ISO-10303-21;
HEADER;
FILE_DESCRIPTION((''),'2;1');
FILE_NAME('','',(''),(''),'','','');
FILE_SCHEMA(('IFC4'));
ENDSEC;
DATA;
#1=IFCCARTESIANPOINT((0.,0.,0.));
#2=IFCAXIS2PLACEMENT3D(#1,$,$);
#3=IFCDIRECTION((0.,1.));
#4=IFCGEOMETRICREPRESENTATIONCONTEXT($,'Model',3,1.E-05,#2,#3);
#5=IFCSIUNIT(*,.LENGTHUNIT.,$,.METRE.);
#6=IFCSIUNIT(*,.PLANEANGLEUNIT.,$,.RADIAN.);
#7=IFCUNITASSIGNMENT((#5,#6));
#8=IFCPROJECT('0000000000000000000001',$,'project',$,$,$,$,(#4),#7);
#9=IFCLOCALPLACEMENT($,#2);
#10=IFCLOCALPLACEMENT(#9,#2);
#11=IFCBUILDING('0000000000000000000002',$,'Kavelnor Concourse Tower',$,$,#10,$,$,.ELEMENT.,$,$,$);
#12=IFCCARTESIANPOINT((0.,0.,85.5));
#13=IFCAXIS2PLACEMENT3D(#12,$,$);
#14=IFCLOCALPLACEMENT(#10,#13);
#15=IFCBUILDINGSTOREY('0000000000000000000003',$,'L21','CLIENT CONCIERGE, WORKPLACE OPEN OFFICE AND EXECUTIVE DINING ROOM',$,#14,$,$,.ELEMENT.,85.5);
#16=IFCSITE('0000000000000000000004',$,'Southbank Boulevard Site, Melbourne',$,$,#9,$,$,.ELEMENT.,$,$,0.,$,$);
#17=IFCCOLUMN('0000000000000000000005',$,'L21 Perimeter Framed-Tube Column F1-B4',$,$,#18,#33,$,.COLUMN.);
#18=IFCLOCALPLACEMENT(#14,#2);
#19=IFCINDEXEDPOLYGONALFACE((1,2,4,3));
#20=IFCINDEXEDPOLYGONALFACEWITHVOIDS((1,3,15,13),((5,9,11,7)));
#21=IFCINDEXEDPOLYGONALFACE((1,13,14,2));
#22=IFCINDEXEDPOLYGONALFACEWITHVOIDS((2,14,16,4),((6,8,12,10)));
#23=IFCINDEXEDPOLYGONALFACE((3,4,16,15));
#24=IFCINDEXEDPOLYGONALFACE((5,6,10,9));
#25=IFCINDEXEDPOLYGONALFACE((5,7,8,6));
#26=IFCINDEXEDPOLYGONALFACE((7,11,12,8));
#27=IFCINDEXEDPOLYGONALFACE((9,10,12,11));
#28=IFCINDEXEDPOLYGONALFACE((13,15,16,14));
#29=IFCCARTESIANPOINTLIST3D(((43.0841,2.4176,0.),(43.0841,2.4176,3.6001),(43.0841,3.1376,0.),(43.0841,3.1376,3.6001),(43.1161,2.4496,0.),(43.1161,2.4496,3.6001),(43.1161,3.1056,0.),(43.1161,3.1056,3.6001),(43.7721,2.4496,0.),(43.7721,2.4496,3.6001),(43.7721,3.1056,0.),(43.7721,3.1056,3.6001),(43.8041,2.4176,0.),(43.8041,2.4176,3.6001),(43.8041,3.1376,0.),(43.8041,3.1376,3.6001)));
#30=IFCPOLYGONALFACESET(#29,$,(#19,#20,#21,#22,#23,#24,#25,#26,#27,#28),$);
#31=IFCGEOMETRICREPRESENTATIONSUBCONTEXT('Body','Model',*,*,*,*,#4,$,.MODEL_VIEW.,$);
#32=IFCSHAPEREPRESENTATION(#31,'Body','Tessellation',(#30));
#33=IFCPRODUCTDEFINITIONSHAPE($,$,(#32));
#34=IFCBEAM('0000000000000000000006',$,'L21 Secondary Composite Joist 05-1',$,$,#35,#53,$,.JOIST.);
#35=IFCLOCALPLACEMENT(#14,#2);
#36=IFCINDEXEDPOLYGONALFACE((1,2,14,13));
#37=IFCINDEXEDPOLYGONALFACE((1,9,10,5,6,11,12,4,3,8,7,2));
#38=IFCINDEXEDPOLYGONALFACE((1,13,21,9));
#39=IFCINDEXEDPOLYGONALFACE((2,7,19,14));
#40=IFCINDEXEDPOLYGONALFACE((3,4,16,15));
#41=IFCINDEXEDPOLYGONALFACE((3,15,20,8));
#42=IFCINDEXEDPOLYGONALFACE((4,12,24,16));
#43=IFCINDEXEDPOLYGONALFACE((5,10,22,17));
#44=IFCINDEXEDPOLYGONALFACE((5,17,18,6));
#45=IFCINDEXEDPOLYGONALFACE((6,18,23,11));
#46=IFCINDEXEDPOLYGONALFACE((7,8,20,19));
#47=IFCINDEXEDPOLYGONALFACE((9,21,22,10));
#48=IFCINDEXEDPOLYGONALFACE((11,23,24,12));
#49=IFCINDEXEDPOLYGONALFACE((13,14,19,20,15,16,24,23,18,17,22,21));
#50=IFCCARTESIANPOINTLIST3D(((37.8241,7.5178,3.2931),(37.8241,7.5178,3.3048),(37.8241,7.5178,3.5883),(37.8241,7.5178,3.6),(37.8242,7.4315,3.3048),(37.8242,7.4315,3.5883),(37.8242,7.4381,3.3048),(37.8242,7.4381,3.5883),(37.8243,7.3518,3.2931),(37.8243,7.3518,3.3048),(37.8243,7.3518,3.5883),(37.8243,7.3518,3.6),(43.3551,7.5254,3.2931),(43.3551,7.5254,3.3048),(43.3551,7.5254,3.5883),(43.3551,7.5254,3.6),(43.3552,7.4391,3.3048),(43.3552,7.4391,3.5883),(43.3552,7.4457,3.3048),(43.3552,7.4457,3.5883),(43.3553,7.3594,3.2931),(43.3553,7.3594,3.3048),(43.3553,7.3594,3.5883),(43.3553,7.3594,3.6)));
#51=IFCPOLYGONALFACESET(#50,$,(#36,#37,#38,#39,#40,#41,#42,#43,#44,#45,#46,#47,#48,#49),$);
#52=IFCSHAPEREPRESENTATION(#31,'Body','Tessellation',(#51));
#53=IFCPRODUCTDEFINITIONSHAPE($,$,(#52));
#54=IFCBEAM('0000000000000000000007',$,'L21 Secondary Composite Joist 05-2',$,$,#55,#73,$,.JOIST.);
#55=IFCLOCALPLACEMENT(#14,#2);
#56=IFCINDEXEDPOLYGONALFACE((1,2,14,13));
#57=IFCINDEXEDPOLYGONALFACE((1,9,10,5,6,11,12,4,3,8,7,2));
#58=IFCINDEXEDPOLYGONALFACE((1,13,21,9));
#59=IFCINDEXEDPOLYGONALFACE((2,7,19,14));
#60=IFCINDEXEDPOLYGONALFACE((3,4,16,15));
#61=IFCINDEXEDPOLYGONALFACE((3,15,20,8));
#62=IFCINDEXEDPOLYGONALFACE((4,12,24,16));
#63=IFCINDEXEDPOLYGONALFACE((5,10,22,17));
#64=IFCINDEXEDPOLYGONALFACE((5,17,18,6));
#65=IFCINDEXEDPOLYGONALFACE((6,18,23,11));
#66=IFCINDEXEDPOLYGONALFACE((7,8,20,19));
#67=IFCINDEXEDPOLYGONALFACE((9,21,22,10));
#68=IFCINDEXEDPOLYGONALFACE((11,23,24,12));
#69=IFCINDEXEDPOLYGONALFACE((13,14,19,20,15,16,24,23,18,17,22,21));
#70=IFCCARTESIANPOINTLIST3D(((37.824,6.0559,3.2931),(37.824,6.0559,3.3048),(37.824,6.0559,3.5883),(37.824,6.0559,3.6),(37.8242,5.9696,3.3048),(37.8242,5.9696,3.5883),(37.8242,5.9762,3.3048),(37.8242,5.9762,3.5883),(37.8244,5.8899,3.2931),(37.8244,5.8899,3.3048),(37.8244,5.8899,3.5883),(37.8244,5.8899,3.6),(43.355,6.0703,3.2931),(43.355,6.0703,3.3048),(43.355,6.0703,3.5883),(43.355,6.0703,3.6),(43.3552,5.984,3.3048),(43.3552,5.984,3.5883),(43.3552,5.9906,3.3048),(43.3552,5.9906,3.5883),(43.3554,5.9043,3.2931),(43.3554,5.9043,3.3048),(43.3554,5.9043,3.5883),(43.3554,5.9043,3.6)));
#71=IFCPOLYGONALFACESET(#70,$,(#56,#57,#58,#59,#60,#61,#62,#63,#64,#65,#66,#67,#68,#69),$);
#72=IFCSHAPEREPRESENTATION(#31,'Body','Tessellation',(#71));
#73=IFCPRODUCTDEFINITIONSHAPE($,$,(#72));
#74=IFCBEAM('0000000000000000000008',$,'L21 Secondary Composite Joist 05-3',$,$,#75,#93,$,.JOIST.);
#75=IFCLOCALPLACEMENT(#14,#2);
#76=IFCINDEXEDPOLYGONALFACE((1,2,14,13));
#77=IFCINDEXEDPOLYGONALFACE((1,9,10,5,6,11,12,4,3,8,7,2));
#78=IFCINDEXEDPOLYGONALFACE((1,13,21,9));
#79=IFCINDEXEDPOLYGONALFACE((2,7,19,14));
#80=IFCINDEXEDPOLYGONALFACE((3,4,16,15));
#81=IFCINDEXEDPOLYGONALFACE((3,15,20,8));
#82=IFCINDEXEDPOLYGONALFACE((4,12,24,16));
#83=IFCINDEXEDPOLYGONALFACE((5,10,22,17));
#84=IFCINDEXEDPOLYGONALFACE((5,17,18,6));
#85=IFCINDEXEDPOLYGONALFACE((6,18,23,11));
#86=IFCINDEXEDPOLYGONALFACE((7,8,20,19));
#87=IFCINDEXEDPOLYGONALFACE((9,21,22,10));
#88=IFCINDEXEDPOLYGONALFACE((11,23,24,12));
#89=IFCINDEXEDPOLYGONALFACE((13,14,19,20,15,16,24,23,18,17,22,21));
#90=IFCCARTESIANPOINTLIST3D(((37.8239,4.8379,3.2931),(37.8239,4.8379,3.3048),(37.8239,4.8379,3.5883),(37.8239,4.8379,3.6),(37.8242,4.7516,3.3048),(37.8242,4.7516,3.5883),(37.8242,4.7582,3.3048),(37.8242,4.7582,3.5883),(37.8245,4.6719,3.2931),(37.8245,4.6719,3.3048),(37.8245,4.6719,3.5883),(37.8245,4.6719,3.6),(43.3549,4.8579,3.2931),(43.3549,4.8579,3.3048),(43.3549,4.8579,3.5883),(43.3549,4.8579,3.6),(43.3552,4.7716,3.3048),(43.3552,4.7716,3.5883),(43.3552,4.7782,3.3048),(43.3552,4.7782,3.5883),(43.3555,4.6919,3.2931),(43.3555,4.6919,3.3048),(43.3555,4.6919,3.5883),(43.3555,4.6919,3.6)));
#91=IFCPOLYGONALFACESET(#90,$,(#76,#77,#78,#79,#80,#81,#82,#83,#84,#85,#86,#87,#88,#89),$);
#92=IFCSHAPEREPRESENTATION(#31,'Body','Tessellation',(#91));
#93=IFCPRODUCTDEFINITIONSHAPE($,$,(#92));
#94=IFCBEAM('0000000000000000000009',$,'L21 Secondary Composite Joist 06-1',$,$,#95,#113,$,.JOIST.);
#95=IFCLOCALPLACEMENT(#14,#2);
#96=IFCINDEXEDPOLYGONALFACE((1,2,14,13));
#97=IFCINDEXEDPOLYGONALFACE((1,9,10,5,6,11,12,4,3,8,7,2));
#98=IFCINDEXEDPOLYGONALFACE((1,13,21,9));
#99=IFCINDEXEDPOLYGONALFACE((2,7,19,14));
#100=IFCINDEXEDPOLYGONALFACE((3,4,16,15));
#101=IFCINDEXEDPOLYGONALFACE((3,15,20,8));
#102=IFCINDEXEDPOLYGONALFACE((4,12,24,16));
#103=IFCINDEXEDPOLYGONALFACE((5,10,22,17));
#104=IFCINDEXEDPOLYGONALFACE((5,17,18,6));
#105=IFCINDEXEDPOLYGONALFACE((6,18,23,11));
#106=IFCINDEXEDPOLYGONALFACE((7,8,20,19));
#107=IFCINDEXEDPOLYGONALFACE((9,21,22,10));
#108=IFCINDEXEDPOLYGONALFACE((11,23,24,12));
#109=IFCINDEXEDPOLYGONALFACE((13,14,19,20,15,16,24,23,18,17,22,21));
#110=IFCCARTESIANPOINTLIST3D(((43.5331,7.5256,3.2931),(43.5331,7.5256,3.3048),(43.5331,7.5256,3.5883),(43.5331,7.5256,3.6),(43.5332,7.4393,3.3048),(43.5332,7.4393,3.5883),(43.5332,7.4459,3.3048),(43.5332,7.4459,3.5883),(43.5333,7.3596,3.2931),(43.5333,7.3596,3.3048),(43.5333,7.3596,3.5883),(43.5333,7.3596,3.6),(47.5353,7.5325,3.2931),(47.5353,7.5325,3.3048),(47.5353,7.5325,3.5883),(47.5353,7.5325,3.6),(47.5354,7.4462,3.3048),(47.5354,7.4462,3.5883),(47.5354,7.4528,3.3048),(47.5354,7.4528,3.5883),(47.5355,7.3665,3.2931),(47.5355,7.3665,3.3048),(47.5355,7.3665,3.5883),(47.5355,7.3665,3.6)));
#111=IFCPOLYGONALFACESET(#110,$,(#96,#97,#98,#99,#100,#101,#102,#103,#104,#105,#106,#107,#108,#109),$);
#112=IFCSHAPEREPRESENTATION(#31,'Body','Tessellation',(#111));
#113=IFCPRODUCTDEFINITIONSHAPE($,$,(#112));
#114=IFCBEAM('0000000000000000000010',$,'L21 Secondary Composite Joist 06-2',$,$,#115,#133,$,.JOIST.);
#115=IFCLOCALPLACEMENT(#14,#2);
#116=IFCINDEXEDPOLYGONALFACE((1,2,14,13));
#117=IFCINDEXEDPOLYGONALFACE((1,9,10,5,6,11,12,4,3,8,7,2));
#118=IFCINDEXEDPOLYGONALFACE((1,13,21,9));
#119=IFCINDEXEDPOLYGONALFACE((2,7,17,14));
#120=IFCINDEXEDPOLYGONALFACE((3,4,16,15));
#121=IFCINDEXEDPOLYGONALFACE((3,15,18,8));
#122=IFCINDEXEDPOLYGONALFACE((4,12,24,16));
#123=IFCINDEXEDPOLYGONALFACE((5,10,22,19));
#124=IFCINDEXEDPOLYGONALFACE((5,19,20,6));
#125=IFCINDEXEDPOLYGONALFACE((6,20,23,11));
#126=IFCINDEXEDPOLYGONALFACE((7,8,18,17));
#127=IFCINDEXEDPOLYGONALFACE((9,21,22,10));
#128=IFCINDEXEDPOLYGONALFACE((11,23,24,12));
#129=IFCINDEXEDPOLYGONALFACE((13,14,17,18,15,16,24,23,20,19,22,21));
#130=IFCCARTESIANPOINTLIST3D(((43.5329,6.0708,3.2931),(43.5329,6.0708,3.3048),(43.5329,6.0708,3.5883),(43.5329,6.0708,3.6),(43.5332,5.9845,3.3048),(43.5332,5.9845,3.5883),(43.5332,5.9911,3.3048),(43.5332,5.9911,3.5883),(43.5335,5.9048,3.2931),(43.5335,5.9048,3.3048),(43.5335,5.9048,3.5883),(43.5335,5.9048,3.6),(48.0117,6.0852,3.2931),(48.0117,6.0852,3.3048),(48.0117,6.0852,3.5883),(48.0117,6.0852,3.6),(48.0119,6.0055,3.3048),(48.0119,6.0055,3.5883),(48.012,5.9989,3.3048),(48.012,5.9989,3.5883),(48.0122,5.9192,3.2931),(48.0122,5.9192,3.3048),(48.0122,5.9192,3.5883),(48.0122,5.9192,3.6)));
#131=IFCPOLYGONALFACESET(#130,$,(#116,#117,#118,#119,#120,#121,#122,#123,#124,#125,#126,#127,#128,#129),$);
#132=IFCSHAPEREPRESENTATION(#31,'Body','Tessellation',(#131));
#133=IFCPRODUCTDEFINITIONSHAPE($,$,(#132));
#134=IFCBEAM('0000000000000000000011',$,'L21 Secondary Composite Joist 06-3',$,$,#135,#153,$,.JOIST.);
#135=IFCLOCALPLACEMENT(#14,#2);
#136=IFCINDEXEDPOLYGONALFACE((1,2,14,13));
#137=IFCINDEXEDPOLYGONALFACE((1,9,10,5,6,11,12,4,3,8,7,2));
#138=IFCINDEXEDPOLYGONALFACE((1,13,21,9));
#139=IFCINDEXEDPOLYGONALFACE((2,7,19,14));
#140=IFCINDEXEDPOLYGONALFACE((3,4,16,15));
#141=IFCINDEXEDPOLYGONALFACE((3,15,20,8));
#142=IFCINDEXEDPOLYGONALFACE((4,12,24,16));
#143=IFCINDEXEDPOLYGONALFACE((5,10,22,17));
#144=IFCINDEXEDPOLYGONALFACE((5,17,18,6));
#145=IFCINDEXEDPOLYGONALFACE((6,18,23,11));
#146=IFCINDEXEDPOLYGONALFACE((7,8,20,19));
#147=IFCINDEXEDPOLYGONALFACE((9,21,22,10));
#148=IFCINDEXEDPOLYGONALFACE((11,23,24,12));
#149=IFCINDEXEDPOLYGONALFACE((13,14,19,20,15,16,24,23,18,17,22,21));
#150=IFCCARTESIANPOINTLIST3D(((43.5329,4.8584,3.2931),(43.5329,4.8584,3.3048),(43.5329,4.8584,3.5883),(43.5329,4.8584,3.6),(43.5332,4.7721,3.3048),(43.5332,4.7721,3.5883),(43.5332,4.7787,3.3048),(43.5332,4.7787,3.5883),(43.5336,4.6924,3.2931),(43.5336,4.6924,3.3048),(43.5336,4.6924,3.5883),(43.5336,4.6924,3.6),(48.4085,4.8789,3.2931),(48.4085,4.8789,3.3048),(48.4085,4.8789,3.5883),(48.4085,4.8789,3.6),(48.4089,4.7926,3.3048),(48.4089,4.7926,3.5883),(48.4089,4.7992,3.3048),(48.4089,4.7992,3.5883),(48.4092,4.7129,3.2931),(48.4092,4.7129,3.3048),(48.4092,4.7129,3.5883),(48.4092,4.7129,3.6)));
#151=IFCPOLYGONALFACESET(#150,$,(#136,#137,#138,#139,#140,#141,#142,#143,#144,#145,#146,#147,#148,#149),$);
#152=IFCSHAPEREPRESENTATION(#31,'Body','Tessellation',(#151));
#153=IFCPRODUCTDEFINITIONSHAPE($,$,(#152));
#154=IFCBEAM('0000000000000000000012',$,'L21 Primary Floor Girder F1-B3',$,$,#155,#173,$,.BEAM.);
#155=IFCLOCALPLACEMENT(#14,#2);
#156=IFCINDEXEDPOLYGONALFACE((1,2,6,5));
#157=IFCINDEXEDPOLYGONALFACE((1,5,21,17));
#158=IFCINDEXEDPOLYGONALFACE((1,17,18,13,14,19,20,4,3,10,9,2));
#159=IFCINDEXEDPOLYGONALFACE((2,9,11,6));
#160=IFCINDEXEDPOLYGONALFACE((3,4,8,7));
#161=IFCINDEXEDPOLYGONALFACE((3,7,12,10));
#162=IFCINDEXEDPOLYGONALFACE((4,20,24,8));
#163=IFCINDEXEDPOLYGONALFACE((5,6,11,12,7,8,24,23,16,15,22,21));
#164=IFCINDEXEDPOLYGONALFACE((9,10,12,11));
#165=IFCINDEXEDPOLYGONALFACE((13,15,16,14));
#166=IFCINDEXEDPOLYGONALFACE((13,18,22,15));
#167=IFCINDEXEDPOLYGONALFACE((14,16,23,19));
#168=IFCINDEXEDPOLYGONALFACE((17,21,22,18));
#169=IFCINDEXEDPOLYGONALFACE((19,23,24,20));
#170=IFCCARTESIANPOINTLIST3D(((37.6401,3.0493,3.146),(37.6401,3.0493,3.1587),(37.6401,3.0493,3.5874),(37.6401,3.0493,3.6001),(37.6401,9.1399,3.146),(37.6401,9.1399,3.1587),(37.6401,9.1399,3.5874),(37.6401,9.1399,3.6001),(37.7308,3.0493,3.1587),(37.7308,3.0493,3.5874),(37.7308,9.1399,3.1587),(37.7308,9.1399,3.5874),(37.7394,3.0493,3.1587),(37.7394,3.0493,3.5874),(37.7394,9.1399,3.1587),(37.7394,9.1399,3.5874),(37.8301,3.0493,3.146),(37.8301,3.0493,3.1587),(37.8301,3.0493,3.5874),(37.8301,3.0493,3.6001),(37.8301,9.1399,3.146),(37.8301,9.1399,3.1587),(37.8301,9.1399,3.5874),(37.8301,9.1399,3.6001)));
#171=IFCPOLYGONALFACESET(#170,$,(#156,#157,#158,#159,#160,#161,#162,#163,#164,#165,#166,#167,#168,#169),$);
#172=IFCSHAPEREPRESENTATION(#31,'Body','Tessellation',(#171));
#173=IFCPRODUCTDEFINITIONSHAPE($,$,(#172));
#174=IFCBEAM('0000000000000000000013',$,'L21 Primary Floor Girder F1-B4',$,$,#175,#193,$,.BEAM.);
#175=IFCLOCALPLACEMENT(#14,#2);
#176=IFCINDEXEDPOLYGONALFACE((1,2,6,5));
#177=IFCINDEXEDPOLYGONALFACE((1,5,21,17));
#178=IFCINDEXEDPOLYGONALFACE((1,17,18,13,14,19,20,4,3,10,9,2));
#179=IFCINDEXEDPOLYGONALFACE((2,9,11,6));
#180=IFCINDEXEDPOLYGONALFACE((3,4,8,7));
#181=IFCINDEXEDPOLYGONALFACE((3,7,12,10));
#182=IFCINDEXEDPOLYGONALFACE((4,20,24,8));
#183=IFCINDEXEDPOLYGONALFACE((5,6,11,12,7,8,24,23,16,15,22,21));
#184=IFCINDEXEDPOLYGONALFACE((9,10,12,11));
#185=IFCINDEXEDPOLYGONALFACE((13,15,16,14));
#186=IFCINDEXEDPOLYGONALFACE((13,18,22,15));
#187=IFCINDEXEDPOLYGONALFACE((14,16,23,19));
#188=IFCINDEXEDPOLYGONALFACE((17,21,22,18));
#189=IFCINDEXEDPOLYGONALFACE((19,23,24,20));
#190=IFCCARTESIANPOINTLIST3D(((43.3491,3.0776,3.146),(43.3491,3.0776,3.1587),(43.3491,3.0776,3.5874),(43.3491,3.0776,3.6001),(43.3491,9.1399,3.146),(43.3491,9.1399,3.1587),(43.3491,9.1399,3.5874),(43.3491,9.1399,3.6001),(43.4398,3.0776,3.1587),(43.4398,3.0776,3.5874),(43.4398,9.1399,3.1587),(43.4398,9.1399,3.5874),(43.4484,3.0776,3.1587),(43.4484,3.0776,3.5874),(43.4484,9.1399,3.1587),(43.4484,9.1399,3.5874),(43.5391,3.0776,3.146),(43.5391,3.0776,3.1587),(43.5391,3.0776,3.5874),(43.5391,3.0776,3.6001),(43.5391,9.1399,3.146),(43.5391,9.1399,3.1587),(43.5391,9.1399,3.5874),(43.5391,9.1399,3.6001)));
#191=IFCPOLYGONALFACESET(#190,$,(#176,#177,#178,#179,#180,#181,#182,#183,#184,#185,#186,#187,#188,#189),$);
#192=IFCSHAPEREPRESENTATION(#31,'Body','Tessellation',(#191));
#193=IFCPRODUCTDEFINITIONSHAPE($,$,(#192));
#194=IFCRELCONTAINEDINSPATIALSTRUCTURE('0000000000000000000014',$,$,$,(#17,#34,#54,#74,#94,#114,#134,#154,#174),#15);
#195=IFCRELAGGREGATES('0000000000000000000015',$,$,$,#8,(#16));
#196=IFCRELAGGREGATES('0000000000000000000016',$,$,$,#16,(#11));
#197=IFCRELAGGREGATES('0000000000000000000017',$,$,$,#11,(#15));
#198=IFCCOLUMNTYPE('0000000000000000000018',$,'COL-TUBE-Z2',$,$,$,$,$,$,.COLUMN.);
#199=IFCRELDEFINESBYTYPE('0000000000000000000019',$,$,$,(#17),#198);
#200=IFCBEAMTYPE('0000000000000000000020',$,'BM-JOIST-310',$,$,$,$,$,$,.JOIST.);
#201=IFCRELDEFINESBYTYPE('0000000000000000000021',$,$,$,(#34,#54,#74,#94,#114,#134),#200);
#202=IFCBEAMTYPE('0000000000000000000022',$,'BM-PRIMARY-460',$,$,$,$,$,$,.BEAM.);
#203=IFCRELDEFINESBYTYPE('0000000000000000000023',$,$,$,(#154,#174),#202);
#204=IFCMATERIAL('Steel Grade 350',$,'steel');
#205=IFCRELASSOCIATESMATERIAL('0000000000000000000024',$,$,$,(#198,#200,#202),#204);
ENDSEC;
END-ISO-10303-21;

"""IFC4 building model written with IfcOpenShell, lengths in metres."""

from ifc_helpers import new_model, si_unit, direction, frame, origin, origin_2d, place, context, subcontext, project, spatial, hollow_rectangle, i_section, extrude, material, material_profile, profile_set, type_object, element, save


model = new_model("IFC4")

# Units and contexts
model_context = context("Model", 3, precision=1e-05, world=origin(), true_north=direction((0.0, 1.0)))
body_context = subcontext(model_context, "Body", "Model", "MODEL_VIEW")
ifc_project = project(units=[si_unit("LENGTHUNIT", "METRE"), si_unit("PLANEANGLEUNIT", "RADIAN")], contexts=[model_context])

# Site, building, storey
site_placement = place(None, origin())
site = spatial("IfcSite", under=ifc_project, at=site_placement, Name="Southbank Boulevard Site, Melbourne", CompositionType="ELEMENT", RefElevation=0.0)
building_placement = place(site_placement, origin())
building = spatial("IfcBuilding", under=site, at=building_placement, Name="Kavelnor Concourse Tower", CompositionType="ELEMENT")
storey_placement = place(building_placement, frame((0.0, 0.0, 85.5)))
storey = spatial("IfcBuildingStorey", under=building, at=storey_placement, Name="L21", Description="CLIENT CONCIERGE, WORKPLACE OPEN OFFICE AND EXECUTIVE DINING ROOM", CompositionType="ELEMENT", Elevation=85.5)

# Column
ifc_material_1 = material(Name="Steel Grade 350", Category="steel")
ifc_material_profile_1 = material_profile(ifc_material_1, hollow_rectangle(XDim=0.72, YDim=0.72, WallThickness=0.032, at=origin_2d()), Name="SHS 720x720x32")
ifc_profile_set_1 = profile_set([ifc_material_profile_1], Name="Steel Grade 350")
column_type = type_object("IfcColumnType", Name="COL-TUBE-Z2", PredefinedType="COLUMN", material=ifc_profile_set_1)
column_placement = place(storey_placement, frame((43.4441, 2.7776, 0.0), z_axis=(0.0, 0.0, 1.0), x_axis=(1.0, 0.0, 0.0)))
element("IfcColumn", 1, at=column_placement, inside=storey, type_object=column_type, Name="L21 Perimeter Framed-Tube Column F1-B4", PredefinedType="COLUMN", context=body_context, shape_type="SweptSolid", body=[
    extrude(hollow_rectangle(XDim=0.72, YDim=0.72, WallThickness=0.032, at=origin_2d()), origin(), (0.0, 0.0, 1.0), 3.6001),
])

# Beams
ifc_material_profile_2 = material_profile(ifc_material_1, i_section(OverallWidth=0.166, OverallDepth=0.3069, WebThickness=0.0066, FlangeThickness=0.0117, at=origin_2d()), Name="310UB46")
ifc_profile_set_2 = profile_set([ifc_material_profile_2], Name="Steel Grade 350")
beam_type_1 = type_object("IfcBeamType", Name="BM-JOIST-310", PredefinedType="JOIST", material=ifc_profile_set_2)
for number, where, z_axis, x_axis, name in (
    (2, (37.8242, 7.4348, 3.4465), (0.999999, 0.001368, 0.0), (-0.001368, 0.999999, 0.0), "L21 Secondary Composite Joist 05-1"),
    (3, (37.8242, 5.9729, 3.4465), (0.999997, 0.002604, 0.0), (-0.002604, 0.999997, 0.0), "L21 Secondary Composite Joist 05-2"),
    (4, (37.8242, 4.7549, 3.4465), (0.999993, 0.003619, 0.0), (-0.003619, 0.999993, 0.0), "L21 Secondary Composite Joist 05-3"),
):
    element("IfcBeam", number, at=place(storey_placement, frame(where, z_axis=z_axis, x_axis=x_axis)), inside=storey, type_object=beam_type_1, Name=name, PredefinedType="JOIST", context=body_context, shape_type="SweptSolid", body=[
        extrude(i_section(OverallWidth=0.166, OverallDepth=0.3069, WebThickness=0.0066, FlangeThickness=0.0117, at=origin_2d()), origin(), (0.0, 0.0, 1.0), 5.531),
    ])
beam_1_placement = place(storey_placement, frame((43.5332, 7.4426, 3.4465), z_axis=(0.999999, 0.001708, 0.0), x_axis=(-0.001708, 0.999999, 0.0)))
element("IfcBeam", 5, at=beam_1_placement, inside=storey, type_object=beam_type_1, Name="L21 Secondary Composite Joist 06-1", PredefinedType="JOIST", context=body_context, shape_type="SweptSolid", body=[
    extrude(i_section(OverallWidth=0.166, OverallDepth=0.3069, WebThickness=0.0066, FlangeThickness=0.0117, at=origin_2d()), origin(), (0.0, 0.0, 1.0), 4.0022),
])
beam_2_placement = place(storey_placement, frame((43.5332, 5.9878, 3.4465), z_axis=(0.999995, 0.003216, 0.0), x_axis=(-0.003216, 0.999995, 0.0)))
element("IfcBeam", 6, at=beam_2_placement, inside=storey, type_object=beam_type_1, Name="L21 Secondary Composite Joist 06-2", PredefinedType="JOIST", context=body_context, shape_type="SweptSolid", body=[
    extrude(i_section(OverallWidth=0.166, OverallDepth=0.3069, WebThickness=0.0066, FlangeThickness=0.0117, at=origin_2d()), origin(), (0.0, 0.0, 1.0), 4.4788),
])
beam_3_placement = place(storey_placement, frame((43.5332, 4.7754, 3.4465), z_axis=(0.999991, 0.004206, 0.0), x_axis=(-0.004206, 0.999991, 0.0)))
element("IfcBeam", 7, at=beam_3_placement, inside=storey, type_object=beam_type_1, Name="L21 Secondary Composite Joist 06-3", PredefinedType="JOIST", context=body_context, shape_type="SweptSolid", body=[
    extrude(i_section(OverallWidth=0.166, OverallDepth=0.3069, WebThickness=0.0066, FlangeThickness=0.0117, at=origin_2d()), origin(), (0.0, 0.0, 1.0), 4.8757),
])
ifc_material_profile_3 = material_profile(ifc_material_1, i_section(OverallWidth=0.1899, OverallDepth=0.4541, WebThickness=0.0085, FlangeThickness=0.0127, at=origin_2d()), Name="460UB67")
ifc_profile_set_3 = profile_set([ifc_material_profile_3], Name="Steel Grade 350")
beam_type_2 = type_object("IfcBeamType", Name="BM-PRIMARY-460", PredefinedType="BEAM", material=ifc_profile_set_3)
beam_4_placement = place(storey_placement, frame((37.7351, 9.1399, 3.373), z_axis=(0.0, -1.0, 0.0), x_axis=(1.0, 0.0, 0.0)))
element("IfcBeam", 8, at=beam_4_placement, inside=storey, type_object=beam_type_2, Name="L21 Primary Floor Girder F1-B3", PredefinedType="BEAM", context=body_context, shape_type="SweptSolid", body=[
    extrude(i_section(OverallWidth=0.1899, OverallDepth=0.4541, WebThickness=0.0085, FlangeThickness=0.0127, at=origin_2d()), origin(), (0.0, 0.0, 1.0), 6.0906),
])
beam_5_placement = place(storey_placement, frame((43.4441, 9.1399, 3.373), z_axis=(0.0, -1.0, 0.0), x_axis=(1.0, 0.0, 0.0)))
element("IfcBeam", 9, at=beam_5_placement, inside=storey, type_object=beam_type_2, Name="L21 Primary Floor Girder F1-B4", PredefinedType="BEAM", context=body_context, shape_type="SweptSolid", body=[
    extrude(i_section(OverallWidth=0.1899, OverallDepth=0.4541, WebThickness=0.0085, FlangeThickness=0.0127, at=origin_2d()), origin(), (0.0, 0.0, 1.0), 6.0623),
])

save(model, "model.ifc")
